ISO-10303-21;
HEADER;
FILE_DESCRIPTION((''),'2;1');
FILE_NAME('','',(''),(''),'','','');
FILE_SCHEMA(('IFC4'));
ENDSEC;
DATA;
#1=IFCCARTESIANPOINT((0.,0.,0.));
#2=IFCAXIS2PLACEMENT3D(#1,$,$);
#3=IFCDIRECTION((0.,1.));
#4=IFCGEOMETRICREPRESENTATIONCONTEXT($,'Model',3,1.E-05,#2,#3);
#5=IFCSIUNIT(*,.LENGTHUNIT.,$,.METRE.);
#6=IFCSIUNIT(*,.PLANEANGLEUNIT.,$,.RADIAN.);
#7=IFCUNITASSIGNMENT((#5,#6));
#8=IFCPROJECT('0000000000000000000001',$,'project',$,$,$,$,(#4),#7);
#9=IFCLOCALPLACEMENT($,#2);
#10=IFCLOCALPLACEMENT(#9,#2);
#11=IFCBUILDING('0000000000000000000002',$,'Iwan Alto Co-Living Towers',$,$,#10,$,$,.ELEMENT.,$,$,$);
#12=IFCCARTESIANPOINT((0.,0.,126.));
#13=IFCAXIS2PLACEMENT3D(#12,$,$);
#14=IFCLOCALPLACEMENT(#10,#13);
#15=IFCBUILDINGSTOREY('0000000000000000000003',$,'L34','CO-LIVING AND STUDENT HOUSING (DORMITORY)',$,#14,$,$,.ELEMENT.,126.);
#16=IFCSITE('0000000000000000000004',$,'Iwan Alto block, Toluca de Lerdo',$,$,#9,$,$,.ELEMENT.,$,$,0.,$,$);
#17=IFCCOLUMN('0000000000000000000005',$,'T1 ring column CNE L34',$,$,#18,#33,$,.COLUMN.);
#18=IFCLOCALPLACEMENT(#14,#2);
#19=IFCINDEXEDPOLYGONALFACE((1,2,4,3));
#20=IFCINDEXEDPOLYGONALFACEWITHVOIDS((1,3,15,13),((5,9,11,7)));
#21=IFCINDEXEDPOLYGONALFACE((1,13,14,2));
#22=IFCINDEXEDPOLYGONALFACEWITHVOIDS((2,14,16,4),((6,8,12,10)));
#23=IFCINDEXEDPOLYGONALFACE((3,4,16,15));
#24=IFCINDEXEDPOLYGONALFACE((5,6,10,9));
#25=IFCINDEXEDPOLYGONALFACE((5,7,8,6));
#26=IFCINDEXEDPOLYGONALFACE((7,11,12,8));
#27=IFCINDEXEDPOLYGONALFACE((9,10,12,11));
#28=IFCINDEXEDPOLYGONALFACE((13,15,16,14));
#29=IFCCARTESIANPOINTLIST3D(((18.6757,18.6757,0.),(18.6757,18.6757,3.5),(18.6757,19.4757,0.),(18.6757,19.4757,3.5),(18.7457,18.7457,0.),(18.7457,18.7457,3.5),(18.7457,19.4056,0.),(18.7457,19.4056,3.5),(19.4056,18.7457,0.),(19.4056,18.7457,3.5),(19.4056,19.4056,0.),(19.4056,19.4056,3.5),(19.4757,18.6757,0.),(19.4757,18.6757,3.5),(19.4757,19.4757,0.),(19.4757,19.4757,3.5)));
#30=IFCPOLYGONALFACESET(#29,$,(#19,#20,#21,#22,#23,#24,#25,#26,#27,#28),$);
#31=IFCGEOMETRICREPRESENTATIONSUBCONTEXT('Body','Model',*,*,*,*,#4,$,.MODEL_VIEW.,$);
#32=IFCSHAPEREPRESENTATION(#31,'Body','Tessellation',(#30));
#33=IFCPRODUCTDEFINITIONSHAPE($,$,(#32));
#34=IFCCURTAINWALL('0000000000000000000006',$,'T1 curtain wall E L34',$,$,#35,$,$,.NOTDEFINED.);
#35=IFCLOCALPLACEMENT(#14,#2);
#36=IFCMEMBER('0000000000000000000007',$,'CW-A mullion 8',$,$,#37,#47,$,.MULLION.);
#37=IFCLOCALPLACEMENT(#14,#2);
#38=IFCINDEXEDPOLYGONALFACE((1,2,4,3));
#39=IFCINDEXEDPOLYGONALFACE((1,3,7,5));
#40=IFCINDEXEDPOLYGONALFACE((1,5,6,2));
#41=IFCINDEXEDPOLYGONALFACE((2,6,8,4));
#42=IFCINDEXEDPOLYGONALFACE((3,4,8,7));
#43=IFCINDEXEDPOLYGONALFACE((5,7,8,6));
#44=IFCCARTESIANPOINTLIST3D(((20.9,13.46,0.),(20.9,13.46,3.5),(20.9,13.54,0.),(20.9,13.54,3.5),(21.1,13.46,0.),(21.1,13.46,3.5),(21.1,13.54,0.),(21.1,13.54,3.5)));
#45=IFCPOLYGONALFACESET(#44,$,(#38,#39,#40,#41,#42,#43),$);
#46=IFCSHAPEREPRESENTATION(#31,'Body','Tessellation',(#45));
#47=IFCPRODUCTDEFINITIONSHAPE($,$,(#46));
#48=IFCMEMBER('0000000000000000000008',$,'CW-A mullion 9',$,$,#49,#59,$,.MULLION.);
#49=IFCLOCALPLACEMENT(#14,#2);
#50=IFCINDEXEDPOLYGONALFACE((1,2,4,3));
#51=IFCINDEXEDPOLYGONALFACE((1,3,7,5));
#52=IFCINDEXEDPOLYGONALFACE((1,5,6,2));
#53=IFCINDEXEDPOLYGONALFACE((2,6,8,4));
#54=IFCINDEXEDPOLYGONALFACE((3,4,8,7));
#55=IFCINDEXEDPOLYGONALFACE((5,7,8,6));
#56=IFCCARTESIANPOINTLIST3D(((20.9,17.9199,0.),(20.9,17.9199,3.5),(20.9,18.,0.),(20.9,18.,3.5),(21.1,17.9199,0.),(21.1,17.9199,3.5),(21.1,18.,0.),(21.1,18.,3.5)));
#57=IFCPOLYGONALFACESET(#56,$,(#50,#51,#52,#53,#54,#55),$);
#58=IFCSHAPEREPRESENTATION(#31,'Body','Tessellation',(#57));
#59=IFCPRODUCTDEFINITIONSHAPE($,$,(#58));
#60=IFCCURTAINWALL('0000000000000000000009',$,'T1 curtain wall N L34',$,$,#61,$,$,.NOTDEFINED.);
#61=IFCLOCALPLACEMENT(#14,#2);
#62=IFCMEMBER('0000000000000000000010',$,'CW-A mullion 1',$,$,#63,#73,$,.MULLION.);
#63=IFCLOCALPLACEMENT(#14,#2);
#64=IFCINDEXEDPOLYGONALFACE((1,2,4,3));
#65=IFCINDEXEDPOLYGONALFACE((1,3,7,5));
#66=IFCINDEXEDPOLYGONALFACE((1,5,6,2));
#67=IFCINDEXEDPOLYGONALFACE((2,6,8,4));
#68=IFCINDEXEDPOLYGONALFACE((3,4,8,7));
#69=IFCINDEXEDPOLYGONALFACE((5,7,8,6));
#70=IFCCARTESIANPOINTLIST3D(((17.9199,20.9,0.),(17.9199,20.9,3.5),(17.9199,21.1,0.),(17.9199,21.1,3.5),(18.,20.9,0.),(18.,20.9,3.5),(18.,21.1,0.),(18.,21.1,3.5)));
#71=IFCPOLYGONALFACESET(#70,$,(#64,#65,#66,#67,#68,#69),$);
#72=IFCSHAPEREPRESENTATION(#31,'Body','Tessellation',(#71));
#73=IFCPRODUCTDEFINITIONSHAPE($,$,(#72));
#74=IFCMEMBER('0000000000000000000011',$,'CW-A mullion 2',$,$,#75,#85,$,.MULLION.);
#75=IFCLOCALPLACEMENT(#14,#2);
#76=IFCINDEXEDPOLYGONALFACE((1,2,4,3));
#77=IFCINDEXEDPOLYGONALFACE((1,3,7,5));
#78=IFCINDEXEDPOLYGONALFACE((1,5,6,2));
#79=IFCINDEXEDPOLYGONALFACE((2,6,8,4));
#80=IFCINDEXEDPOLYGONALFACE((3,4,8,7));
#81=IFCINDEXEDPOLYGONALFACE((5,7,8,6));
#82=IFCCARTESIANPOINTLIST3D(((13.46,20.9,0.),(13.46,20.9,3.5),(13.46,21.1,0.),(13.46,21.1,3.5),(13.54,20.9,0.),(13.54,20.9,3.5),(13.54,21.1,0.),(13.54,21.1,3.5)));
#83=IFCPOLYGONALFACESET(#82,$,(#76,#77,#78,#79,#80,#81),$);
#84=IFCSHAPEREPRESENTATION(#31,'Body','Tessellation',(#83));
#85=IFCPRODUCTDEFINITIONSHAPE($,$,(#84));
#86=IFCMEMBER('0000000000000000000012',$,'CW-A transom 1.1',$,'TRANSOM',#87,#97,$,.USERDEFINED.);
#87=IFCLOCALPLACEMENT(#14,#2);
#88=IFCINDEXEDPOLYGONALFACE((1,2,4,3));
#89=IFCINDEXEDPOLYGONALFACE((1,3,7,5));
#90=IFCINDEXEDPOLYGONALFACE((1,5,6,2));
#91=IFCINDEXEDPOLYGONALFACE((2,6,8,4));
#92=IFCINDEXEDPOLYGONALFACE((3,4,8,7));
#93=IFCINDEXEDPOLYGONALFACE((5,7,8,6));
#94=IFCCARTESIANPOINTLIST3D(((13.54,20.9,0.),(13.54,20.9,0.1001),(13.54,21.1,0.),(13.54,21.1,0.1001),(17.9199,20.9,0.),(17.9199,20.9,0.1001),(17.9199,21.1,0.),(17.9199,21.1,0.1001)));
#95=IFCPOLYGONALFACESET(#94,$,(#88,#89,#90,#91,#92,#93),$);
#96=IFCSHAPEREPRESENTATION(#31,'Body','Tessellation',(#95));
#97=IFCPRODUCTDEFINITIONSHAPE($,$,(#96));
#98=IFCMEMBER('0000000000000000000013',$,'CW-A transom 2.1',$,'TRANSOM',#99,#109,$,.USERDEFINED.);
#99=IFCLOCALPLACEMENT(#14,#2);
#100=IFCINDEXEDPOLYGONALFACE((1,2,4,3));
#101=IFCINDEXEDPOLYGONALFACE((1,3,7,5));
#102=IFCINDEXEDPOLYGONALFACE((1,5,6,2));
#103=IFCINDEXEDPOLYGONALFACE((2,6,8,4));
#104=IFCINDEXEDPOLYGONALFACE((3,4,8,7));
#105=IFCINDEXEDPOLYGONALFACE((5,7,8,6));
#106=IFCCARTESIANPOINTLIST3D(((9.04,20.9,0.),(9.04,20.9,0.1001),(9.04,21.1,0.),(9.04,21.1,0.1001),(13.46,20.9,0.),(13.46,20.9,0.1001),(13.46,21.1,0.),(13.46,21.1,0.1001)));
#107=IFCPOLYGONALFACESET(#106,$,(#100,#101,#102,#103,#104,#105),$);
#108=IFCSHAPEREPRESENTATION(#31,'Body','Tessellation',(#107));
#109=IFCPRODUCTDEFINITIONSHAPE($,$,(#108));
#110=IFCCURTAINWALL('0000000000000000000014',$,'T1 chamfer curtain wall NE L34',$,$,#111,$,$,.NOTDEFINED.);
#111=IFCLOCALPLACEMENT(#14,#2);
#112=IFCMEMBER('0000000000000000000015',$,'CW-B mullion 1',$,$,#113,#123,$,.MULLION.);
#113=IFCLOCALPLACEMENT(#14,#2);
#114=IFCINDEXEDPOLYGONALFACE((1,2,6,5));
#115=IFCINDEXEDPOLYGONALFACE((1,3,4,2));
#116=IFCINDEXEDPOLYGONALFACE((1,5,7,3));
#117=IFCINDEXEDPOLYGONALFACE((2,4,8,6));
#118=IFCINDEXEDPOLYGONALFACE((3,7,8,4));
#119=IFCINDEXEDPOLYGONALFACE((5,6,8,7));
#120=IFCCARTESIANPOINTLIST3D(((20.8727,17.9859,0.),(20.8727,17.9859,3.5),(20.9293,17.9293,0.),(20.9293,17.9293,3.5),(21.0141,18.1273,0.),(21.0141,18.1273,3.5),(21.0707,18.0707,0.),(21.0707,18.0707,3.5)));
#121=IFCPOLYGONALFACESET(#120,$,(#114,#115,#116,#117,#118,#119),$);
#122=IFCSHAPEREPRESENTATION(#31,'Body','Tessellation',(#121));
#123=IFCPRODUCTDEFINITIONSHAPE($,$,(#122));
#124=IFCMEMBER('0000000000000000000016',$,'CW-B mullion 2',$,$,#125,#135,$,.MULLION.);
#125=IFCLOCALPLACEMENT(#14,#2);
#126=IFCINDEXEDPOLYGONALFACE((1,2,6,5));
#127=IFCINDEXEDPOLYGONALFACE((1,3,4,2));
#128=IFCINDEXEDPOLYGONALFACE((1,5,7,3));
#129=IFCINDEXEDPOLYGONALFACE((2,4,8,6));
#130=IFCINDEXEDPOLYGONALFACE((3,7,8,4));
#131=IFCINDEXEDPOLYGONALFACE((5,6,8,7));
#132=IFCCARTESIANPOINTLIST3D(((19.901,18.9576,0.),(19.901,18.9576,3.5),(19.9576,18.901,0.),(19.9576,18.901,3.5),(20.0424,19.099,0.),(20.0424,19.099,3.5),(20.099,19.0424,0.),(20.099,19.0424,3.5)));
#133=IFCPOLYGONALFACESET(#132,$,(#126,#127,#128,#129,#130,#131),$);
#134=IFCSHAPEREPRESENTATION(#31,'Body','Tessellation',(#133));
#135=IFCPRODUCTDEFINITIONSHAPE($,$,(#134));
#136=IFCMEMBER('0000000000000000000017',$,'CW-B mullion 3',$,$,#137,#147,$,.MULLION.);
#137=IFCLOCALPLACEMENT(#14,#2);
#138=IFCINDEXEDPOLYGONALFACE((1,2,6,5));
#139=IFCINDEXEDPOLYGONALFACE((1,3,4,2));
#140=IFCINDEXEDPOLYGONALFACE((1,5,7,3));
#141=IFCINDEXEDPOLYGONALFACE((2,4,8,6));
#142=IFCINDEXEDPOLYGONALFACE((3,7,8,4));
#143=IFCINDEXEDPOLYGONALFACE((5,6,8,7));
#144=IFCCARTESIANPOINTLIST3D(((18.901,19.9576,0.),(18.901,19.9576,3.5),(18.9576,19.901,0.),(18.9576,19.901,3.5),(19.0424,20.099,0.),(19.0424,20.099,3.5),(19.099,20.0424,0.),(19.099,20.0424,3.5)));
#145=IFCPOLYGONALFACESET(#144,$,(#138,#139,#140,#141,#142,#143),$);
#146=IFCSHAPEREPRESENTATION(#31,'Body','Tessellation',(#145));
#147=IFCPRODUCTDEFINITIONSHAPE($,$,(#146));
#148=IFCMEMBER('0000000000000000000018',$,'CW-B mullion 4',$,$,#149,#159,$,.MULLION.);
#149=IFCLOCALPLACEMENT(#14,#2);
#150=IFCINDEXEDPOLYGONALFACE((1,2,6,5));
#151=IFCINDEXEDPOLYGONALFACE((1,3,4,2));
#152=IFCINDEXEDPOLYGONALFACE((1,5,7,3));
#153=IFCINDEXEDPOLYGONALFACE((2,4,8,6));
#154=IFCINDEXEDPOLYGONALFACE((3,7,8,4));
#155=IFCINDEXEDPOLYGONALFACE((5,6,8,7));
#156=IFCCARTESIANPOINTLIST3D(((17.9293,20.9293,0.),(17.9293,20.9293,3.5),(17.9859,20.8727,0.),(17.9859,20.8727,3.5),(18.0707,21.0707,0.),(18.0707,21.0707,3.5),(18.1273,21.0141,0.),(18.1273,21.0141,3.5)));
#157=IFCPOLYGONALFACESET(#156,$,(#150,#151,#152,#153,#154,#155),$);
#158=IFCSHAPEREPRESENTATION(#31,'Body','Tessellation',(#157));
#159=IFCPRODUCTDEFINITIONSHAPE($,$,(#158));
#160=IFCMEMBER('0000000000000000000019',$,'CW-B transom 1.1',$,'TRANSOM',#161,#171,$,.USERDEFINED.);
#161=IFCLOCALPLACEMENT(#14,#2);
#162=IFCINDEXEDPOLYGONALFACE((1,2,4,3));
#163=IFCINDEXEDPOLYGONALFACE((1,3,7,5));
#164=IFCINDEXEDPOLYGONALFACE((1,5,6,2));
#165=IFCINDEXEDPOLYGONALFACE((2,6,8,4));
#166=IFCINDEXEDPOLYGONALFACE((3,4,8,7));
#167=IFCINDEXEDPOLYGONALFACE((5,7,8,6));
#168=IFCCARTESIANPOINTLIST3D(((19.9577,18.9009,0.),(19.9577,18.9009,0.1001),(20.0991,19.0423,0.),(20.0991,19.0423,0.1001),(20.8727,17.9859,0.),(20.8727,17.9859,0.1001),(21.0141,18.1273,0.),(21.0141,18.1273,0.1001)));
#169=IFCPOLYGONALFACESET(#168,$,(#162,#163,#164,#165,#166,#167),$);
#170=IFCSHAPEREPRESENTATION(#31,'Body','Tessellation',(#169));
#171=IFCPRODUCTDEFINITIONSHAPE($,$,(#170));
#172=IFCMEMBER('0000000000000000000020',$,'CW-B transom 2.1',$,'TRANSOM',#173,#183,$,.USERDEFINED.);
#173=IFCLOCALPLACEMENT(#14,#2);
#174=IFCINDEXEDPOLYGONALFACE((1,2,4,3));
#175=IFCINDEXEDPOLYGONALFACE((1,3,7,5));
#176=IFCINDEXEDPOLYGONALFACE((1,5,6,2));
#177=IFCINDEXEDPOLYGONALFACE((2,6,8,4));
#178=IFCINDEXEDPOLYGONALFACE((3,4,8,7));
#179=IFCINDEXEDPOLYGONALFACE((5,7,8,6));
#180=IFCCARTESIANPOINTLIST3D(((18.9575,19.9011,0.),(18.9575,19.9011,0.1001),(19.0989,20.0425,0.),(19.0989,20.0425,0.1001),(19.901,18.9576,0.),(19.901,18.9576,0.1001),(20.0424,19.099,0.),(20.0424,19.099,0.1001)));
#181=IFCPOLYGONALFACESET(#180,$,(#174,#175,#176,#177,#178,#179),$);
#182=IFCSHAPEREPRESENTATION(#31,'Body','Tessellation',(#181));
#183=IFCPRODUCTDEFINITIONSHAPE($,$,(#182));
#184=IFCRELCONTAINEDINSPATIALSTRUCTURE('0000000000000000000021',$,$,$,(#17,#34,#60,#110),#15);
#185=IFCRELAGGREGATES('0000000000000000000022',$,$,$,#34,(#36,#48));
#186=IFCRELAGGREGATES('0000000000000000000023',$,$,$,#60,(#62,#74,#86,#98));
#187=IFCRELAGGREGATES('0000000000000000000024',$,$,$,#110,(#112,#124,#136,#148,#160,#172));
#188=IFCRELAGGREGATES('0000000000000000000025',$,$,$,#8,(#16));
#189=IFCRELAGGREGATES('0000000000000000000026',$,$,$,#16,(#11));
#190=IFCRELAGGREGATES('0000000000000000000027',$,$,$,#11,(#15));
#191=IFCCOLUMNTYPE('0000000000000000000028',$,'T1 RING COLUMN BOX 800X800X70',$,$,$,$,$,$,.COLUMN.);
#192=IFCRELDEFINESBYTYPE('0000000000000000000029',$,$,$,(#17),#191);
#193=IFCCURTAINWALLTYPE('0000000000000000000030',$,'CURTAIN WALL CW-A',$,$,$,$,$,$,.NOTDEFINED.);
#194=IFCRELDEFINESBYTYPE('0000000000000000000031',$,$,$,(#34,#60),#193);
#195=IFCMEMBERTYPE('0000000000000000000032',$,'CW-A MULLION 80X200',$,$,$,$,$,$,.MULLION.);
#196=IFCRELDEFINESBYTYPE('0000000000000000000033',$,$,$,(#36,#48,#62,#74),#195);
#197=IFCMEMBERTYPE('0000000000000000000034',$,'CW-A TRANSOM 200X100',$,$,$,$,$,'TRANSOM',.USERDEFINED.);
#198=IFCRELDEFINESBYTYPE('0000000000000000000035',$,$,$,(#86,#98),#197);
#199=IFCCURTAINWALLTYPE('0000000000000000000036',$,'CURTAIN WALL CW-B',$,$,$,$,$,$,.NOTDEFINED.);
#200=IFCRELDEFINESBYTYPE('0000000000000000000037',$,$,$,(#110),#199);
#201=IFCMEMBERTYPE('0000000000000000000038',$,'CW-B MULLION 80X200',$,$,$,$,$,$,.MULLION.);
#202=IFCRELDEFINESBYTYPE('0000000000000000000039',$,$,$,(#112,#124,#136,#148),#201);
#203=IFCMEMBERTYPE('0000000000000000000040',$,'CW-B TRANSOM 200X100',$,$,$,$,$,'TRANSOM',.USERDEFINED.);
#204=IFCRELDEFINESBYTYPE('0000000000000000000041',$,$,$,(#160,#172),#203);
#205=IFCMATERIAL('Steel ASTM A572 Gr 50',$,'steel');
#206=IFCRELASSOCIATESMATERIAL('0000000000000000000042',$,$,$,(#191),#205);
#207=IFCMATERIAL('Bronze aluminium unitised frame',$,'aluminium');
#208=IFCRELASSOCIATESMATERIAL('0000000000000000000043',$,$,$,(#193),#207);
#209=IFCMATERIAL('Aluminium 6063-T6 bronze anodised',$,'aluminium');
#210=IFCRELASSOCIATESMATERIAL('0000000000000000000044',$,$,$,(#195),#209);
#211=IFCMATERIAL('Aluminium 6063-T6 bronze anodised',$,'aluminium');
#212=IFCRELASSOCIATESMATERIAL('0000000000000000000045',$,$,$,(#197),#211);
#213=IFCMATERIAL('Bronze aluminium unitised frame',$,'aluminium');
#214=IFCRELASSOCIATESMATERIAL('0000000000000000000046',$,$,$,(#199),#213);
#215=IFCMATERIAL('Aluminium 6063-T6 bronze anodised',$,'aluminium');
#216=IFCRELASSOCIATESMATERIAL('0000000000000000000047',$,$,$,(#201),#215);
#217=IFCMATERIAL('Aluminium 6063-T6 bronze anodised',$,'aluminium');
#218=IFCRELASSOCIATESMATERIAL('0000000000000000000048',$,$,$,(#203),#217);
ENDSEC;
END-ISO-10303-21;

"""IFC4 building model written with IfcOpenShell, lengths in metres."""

from ifc_helpers import new_model, si_unit, direction, frame, origin, origin_2d, place, context, subcontext, project, spatial, rectangle, hollow_rectangle, extrude, material, material_profile, profile_set, type_object, element, aggregate, save


model = new_model("IFC4")

# Units and contexts
model_context = context("Model", 3, precision=1e-05, world=origin(), true_north=direction((0.0, 1.0)))
body_context = subcontext(model_context, "Body", "Model", "MODEL_VIEW")
ifc_project = project(units=[si_unit("LENGTHUNIT", "METRE"), si_unit("PLANEANGLEUNIT", "RADIAN")], contexts=[model_context])

# Site, building, storey
site_placement = place(None, origin())
site = spatial("IfcSite", under=ifc_project, at=site_placement, Name="Iwan Alto block, Toluca de Lerdo", CompositionType="ELEMENT", RefElevation=0.0)
building_placement = place(site_placement, origin())
building = spatial("IfcBuilding", under=site, at=building_placement, Name="Iwan Alto Co-Living Towers", CompositionType="ELEMENT")
storey_placement = place(building_placement, frame((0.0, 0.0, 126.0)))
storey = spatial("IfcBuildingStorey", under=building, at=storey_placement, Name="L34", Description="CO-LIVING AND STUDENT HOUSING (DORMITORY)", CompositionType="ELEMENT", Elevation=126.0)

# Column
ifc_material_1 = material(Name="Steel ASTM A572 Gr 50", Category="steel")
ifc_material_profile_1 = material_profile(ifc_material_1, hollow_rectangle(XDim=0.8, YDim=0.8, WallThickness=0.0701, at=origin_2d()), Name="BOX 800X800X70")
ifc_profile_set_1 = profile_set([ifc_material_profile_1], Name="Steel ASTM A572 Gr 50")
column_type = type_object("IfcColumnType", Name="T1 RING COLUMN BOX 800X800X70", PredefinedType="COLUMN", material=ifc_profile_set_1)
column_placement = place(storey_placement, frame((19.0757, 19.0757, 0.0), z_axis=(0.0, 0.0, 1.0), x_axis=(1.0, 0.0, 0.0)))
element("IfcColumn", 1, at=column_placement, inside=storey, type_object=column_type, Name="T1 ring column CNE L34", PredefinedType="COLUMN", context=body_context, shape_type="SweptSolid", body=[
    extrude(hollow_rectangle(XDim=0.8, YDim=0.8, WallThickness=0.0701, at=origin_2d()), origin(), (0.0, 0.0, 1.0), 3.5),
])

# Curtain walls, members
ifc_material_2 = material(Name="Bronze aluminium unitised frame", Category="aluminium")
curtain_wall_type_1 = type_object("IfcCurtainWallType", Name="CURTAIN WALL CW-A", PredefinedType="NOTDEFINED", material=ifc_material_2)
curtain_wall_1_placement = place(storey_placement, origin())
curtain_wall_1 = element("IfcCurtainWall", 2, at=curtain_wall_1_placement, inside=storey, type_object=curtain_wall_type_1, Name="T1 curtain wall E L34", PredefinedType="NOTDEFINED")
ifc_material_3 = material(Name="Aluminium 6063-T6 bronze anodised", Category="aluminium")
ifc_material_profile_2 = material_profile(ifc_material_3, rectangle(XDim=0.2, YDim=0.0801, at=origin_2d()), Name="AL 80X200")
ifc_profile_set_2 = profile_set([ifc_material_profile_2], Name="Aluminium 6063-T6 bronze anodised")
member_type_1 = type_object("IfcMemberType", Name="CW-A MULLION 80X200", PredefinedType="MULLION", material=ifc_profile_set_2)
member_1_placement = place(storey_placement, frame((21.0, 13.5, 0.0), z_axis=(0.0, 0.0, 1.0), x_axis=(-1.0, 0.0, 0.0)))
member_1 = element("IfcMember", 3, at=member_1_placement, type_object=member_type_1, Name="CW-A mullion 8", PredefinedType="MULLION", context=body_context, shape_type="SweptSolid", body=[
    extrude(rectangle(XDim=0.2, YDim=0.0801, at=origin_2d()), origin(), (0.0, 0.0, 1.0), 3.5),
])
member_2_placement = place(storey_placement, frame((21.0, 17.96, 0.0), z_axis=(0.0, 0.0, 1.0), x_axis=(-1.0, 0.0, 0.0)))
member_2 = element("IfcMember", 4, at=member_2_placement, type_object=member_type_1, Name="CW-A mullion 9", PredefinedType="MULLION", context=body_context, shape_type="SweptSolid", body=[
    extrude(rectangle(XDim=0.2, YDim=0.0801, at=origin_2d()), origin(), (0.0, 0.0, 1.0), 3.5),
])
aggregate(curtain_wall_1, [member_1, member_2])
curtain_wall_2_placement = place(storey_placement, origin())
curtain_wall_2 = element("IfcCurtainWall", 5, at=curtain_wall_2_placement, inside=storey, type_object=curtain_wall_type_1, Name="T1 curtain wall N L34", PredefinedType="NOTDEFINED")
member_3_placement = place(storey_placement, frame((17.96, 21.0, 0.0), z_axis=(0.0, 0.0, 1.0), x_axis=(0.0, -1.0, 0.0)))
member_3 = element("IfcMember", 6, at=member_3_placement, type_object=member_type_1, Name="CW-A mullion 1", PredefinedType="MULLION", context=body_context, shape_type="SweptSolid", body=[
    extrude(rectangle(XDim=0.2, YDim=0.0801, at=origin_2d()), origin(), (0.0, 0.0, 1.0), 3.5),
])
member_4_placement = place(storey_placement, frame((13.5, 21.0, 0.0), z_axis=(0.0, 0.0, 1.0), x_axis=(0.0, -1.0, 0.0)))
member_4 = element("IfcMember", 7, at=member_4_placement, type_object=member_type_1, Name="CW-A mullion 2", PredefinedType="MULLION", context=body_context, shape_type="SweptSolid", body=[
    extrude(rectangle(XDim=0.2, YDim=0.0801, at=origin_2d()), origin(), (0.0, 0.0, 1.0), 3.5),
])
ifc_material_4 = material(Name="Aluminium 6063-T6 bronze anodised", Category="aluminium")
ifc_material_profile_3 = material_profile(ifc_material_4, rectangle(XDim=0.2, YDim=0.1001, at=origin_2d()), Name="AL 200X100")
ifc_profile_set_3 = profile_set([ifc_material_profile_3], Name="Aluminium 6063-T6 bronze anodised")
member_type_2 = type_object("IfcMemberType", Name="CW-A TRANSOM 200X100", ElementType="TRANSOM", PredefinedType="USERDEFINED", material=ifc_profile_set_3)
member_5_placement = place(storey_placement, frame((17.9199, 21.0, 0.05), z_axis=(-1.0, 0.0, 0.0), x_axis=(0.0, -1.0, 0.0)))
member_5 = element("IfcMember", 8, at=member_5_placement, type_object=member_type_2, Name="CW-A transom 1.1", ObjectType="TRANSOM", PredefinedType="USERDEFINED", context=body_context, shape_type="SweptSolid", body=[
    extrude(rectangle(XDim=0.2, YDim=0.1001, at=origin_2d()), origin(), (0.0, 0.0, 1.0), 4.3799),
])
member_6_placement = place(storey_placement, frame((13.46, 21.0, 0.05), z_axis=(-1.0, 0.0, 0.0), x_axis=(0.0, -1.0, 0.0)))
member_6 = element("IfcMember", 9, at=member_6_placement, type_object=member_type_2, Name="CW-A transom 2.1", ObjectType="TRANSOM", PredefinedType="USERDEFINED", context=body_context, shape_type="SweptSolid", body=[
    extrude(rectangle(XDim=0.2, YDim=0.1001, at=origin_2d()), origin(), (0.0, 0.0, 1.0), 4.4199),
])
ifc_material_5 = material(Name="Bronze aluminium unitised frame", Category="aluminium")
curtain_wall_type_2 = type_object("IfcCurtainWallType", Name="CURTAIN WALL CW-B", PredefinedType="NOTDEFINED", material=ifc_material_5)
curtain_wall_3_placement = place(storey_placement, origin())
curtain_wall_3 = element("IfcCurtainWall", 10, at=curtain_wall_3_placement, inside=storey, type_object=curtain_wall_type_2, Name="T1 chamfer curtain wall NE L34", PredefinedType="NOTDEFINED")
ifc_material_6 = material(Name="Aluminium 6063-T6 bronze anodised", Category="aluminium")
ifc_material_profile_4 = material_profile(ifc_material_6, rectangle(XDim=0.2, YDim=0.0801, at=origin_2d()), Name="AL 80X200")
ifc_profile_set_4 = profile_set([ifc_material_profile_4], Name="Aluminium 6063-T6 bronze anodised")
member_type_3 = type_object("IfcMemberType", Name="CW-B MULLION 80X200", PredefinedType="MULLION", material=ifc_profile_set_4)
member_7_placement = place(storey_placement, frame((20.9717, 18.0283, 0.0), z_axis=(0.0, 0.0, 1.0), x_axis=(-0.707107, -0.707107, 0.0)))
member_7 = element("IfcMember", 11, at=member_7_placement, type_object=member_type_3, Name="CW-B mullion 1", PredefinedType="MULLION", context=body_context, shape_type="SweptSolid", body=[
    extrude(rectangle(XDim=0.2, YDim=0.0801, at=origin_2d()), origin(), (0.0, 0.0, 1.0), 3.5),
])
member_8_placement = place(storey_placement, frame((20.0, 19.0, 0.0), z_axis=(0.0, 0.0, 1.0), x_axis=(-0.707107, -0.707107, 0.0)))
member_8 = element("IfcMember", 12, at=member_8_placement, type_object=member_type_3, Name="CW-B mullion 2", PredefinedType="MULLION", context=body_context, shape_type="SweptSolid", body=[
    extrude(rectangle(XDim=0.2, YDim=0.0801, at=origin_2d()), origin(), (0.0, 0.0, 1.0), 3.5),
])
member_9_placement = place(storey_placement, frame((19.0, 20.0, 0.0), z_axis=(0.0, 0.0, 1.0), x_axis=(-0.707107, -0.707107, 0.0)))
member_9 = element("IfcMember", 13, at=member_9_placement, type_object=member_type_3, Name="CW-B mullion 3", PredefinedType="MULLION", context=body_context, shape_type="SweptSolid", body=[
    extrude(rectangle(XDim=0.2, YDim=0.0801, at=origin_2d()), origin(), (0.0, 0.0, 1.0), 3.5),
])
member_10_placement = place(storey_placement, frame((18.0283, 20.9717, 0.0), z_axis=(0.0, 0.0, 1.0), x_axis=(-0.707107, -0.707107, 0.0)))
member_10 = element("IfcMember", 14, at=member_10_placement, type_object=member_type_3, Name="CW-B mullion 4", PredefinedType="MULLION", context=body_context, shape_type="SweptSolid", body=[
    extrude(rectangle(XDim=0.2, YDim=0.0801, at=origin_2d()), origin(), (0.0, 0.0, 1.0), 3.5),
])
ifc_material_7 = material(Name="Aluminium 6063-T6 bronze anodised", Category="aluminium")
ifc_material_profile_5 = material_profile(ifc_material_7, rectangle(XDim=0.2, YDim=0.1001, at=origin_2d()), Name="AL 200X100")
ifc_profile_set_5 = profile_set([ifc_material_profile_5], Name="Aluminium 6063-T6 bronze anodised")
member_type_4 = type_object("IfcMemberType", Name="CW-B TRANSOM 200X100", ElementType="TRANSOM", PredefinedType="USERDEFINED", material=ifc_profile_set_5)
member_11_placement = place(storey_placement, frame((20.9434, 18.0566, 0.05), z_axis=(-0.707107, 0.707107, 0.0), x_axis=(-0.707107, -0.707107, 0.0)))
member_11 = element("IfcMember", 15, at=member_11_placement, type_object=member_type_4, Name="CW-B transom 1.1", ObjectType="TRANSOM", PredefinedType="USERDEFINED", context=body_context, shape_type="SweptSolid", body=[
    extrude(rectangle(XDim=0.2, YDim=0.1001, at=origin_2d()), origin(), (0.0, 0.0, 1.0), 1.2939),
])
member_12_placement = place(storey_placement, frame((19.9717, 19.0283, 0.05), z_axis=(-0.707107, 0.707107, 0.0), x_axis=(-0.707107, -0.707107, 0.0)))
member_12 = element("IfcMember", 16, at=member_12_placement, type_object=member_type_4, Name="CW-B transom 2.1", ObjectType="TRANSOM", PredefinedType="USERDEFINED", context=body_context, shape_type="SweptSolid", body=[
    extrude(rectangle(XDim=0.2, YDim=0.1001, at=origin_2d()), origin(), (0.0, 0.0, 1.0), 1.3342),
])

aggregate(curtain_wall_2, [member_3, member_4, member_5, member_6])
aggregate(curtain_wall_3, [member_7, member_8, member_9, member_10, member_11, member_12])

save(model, "model.ifc")
